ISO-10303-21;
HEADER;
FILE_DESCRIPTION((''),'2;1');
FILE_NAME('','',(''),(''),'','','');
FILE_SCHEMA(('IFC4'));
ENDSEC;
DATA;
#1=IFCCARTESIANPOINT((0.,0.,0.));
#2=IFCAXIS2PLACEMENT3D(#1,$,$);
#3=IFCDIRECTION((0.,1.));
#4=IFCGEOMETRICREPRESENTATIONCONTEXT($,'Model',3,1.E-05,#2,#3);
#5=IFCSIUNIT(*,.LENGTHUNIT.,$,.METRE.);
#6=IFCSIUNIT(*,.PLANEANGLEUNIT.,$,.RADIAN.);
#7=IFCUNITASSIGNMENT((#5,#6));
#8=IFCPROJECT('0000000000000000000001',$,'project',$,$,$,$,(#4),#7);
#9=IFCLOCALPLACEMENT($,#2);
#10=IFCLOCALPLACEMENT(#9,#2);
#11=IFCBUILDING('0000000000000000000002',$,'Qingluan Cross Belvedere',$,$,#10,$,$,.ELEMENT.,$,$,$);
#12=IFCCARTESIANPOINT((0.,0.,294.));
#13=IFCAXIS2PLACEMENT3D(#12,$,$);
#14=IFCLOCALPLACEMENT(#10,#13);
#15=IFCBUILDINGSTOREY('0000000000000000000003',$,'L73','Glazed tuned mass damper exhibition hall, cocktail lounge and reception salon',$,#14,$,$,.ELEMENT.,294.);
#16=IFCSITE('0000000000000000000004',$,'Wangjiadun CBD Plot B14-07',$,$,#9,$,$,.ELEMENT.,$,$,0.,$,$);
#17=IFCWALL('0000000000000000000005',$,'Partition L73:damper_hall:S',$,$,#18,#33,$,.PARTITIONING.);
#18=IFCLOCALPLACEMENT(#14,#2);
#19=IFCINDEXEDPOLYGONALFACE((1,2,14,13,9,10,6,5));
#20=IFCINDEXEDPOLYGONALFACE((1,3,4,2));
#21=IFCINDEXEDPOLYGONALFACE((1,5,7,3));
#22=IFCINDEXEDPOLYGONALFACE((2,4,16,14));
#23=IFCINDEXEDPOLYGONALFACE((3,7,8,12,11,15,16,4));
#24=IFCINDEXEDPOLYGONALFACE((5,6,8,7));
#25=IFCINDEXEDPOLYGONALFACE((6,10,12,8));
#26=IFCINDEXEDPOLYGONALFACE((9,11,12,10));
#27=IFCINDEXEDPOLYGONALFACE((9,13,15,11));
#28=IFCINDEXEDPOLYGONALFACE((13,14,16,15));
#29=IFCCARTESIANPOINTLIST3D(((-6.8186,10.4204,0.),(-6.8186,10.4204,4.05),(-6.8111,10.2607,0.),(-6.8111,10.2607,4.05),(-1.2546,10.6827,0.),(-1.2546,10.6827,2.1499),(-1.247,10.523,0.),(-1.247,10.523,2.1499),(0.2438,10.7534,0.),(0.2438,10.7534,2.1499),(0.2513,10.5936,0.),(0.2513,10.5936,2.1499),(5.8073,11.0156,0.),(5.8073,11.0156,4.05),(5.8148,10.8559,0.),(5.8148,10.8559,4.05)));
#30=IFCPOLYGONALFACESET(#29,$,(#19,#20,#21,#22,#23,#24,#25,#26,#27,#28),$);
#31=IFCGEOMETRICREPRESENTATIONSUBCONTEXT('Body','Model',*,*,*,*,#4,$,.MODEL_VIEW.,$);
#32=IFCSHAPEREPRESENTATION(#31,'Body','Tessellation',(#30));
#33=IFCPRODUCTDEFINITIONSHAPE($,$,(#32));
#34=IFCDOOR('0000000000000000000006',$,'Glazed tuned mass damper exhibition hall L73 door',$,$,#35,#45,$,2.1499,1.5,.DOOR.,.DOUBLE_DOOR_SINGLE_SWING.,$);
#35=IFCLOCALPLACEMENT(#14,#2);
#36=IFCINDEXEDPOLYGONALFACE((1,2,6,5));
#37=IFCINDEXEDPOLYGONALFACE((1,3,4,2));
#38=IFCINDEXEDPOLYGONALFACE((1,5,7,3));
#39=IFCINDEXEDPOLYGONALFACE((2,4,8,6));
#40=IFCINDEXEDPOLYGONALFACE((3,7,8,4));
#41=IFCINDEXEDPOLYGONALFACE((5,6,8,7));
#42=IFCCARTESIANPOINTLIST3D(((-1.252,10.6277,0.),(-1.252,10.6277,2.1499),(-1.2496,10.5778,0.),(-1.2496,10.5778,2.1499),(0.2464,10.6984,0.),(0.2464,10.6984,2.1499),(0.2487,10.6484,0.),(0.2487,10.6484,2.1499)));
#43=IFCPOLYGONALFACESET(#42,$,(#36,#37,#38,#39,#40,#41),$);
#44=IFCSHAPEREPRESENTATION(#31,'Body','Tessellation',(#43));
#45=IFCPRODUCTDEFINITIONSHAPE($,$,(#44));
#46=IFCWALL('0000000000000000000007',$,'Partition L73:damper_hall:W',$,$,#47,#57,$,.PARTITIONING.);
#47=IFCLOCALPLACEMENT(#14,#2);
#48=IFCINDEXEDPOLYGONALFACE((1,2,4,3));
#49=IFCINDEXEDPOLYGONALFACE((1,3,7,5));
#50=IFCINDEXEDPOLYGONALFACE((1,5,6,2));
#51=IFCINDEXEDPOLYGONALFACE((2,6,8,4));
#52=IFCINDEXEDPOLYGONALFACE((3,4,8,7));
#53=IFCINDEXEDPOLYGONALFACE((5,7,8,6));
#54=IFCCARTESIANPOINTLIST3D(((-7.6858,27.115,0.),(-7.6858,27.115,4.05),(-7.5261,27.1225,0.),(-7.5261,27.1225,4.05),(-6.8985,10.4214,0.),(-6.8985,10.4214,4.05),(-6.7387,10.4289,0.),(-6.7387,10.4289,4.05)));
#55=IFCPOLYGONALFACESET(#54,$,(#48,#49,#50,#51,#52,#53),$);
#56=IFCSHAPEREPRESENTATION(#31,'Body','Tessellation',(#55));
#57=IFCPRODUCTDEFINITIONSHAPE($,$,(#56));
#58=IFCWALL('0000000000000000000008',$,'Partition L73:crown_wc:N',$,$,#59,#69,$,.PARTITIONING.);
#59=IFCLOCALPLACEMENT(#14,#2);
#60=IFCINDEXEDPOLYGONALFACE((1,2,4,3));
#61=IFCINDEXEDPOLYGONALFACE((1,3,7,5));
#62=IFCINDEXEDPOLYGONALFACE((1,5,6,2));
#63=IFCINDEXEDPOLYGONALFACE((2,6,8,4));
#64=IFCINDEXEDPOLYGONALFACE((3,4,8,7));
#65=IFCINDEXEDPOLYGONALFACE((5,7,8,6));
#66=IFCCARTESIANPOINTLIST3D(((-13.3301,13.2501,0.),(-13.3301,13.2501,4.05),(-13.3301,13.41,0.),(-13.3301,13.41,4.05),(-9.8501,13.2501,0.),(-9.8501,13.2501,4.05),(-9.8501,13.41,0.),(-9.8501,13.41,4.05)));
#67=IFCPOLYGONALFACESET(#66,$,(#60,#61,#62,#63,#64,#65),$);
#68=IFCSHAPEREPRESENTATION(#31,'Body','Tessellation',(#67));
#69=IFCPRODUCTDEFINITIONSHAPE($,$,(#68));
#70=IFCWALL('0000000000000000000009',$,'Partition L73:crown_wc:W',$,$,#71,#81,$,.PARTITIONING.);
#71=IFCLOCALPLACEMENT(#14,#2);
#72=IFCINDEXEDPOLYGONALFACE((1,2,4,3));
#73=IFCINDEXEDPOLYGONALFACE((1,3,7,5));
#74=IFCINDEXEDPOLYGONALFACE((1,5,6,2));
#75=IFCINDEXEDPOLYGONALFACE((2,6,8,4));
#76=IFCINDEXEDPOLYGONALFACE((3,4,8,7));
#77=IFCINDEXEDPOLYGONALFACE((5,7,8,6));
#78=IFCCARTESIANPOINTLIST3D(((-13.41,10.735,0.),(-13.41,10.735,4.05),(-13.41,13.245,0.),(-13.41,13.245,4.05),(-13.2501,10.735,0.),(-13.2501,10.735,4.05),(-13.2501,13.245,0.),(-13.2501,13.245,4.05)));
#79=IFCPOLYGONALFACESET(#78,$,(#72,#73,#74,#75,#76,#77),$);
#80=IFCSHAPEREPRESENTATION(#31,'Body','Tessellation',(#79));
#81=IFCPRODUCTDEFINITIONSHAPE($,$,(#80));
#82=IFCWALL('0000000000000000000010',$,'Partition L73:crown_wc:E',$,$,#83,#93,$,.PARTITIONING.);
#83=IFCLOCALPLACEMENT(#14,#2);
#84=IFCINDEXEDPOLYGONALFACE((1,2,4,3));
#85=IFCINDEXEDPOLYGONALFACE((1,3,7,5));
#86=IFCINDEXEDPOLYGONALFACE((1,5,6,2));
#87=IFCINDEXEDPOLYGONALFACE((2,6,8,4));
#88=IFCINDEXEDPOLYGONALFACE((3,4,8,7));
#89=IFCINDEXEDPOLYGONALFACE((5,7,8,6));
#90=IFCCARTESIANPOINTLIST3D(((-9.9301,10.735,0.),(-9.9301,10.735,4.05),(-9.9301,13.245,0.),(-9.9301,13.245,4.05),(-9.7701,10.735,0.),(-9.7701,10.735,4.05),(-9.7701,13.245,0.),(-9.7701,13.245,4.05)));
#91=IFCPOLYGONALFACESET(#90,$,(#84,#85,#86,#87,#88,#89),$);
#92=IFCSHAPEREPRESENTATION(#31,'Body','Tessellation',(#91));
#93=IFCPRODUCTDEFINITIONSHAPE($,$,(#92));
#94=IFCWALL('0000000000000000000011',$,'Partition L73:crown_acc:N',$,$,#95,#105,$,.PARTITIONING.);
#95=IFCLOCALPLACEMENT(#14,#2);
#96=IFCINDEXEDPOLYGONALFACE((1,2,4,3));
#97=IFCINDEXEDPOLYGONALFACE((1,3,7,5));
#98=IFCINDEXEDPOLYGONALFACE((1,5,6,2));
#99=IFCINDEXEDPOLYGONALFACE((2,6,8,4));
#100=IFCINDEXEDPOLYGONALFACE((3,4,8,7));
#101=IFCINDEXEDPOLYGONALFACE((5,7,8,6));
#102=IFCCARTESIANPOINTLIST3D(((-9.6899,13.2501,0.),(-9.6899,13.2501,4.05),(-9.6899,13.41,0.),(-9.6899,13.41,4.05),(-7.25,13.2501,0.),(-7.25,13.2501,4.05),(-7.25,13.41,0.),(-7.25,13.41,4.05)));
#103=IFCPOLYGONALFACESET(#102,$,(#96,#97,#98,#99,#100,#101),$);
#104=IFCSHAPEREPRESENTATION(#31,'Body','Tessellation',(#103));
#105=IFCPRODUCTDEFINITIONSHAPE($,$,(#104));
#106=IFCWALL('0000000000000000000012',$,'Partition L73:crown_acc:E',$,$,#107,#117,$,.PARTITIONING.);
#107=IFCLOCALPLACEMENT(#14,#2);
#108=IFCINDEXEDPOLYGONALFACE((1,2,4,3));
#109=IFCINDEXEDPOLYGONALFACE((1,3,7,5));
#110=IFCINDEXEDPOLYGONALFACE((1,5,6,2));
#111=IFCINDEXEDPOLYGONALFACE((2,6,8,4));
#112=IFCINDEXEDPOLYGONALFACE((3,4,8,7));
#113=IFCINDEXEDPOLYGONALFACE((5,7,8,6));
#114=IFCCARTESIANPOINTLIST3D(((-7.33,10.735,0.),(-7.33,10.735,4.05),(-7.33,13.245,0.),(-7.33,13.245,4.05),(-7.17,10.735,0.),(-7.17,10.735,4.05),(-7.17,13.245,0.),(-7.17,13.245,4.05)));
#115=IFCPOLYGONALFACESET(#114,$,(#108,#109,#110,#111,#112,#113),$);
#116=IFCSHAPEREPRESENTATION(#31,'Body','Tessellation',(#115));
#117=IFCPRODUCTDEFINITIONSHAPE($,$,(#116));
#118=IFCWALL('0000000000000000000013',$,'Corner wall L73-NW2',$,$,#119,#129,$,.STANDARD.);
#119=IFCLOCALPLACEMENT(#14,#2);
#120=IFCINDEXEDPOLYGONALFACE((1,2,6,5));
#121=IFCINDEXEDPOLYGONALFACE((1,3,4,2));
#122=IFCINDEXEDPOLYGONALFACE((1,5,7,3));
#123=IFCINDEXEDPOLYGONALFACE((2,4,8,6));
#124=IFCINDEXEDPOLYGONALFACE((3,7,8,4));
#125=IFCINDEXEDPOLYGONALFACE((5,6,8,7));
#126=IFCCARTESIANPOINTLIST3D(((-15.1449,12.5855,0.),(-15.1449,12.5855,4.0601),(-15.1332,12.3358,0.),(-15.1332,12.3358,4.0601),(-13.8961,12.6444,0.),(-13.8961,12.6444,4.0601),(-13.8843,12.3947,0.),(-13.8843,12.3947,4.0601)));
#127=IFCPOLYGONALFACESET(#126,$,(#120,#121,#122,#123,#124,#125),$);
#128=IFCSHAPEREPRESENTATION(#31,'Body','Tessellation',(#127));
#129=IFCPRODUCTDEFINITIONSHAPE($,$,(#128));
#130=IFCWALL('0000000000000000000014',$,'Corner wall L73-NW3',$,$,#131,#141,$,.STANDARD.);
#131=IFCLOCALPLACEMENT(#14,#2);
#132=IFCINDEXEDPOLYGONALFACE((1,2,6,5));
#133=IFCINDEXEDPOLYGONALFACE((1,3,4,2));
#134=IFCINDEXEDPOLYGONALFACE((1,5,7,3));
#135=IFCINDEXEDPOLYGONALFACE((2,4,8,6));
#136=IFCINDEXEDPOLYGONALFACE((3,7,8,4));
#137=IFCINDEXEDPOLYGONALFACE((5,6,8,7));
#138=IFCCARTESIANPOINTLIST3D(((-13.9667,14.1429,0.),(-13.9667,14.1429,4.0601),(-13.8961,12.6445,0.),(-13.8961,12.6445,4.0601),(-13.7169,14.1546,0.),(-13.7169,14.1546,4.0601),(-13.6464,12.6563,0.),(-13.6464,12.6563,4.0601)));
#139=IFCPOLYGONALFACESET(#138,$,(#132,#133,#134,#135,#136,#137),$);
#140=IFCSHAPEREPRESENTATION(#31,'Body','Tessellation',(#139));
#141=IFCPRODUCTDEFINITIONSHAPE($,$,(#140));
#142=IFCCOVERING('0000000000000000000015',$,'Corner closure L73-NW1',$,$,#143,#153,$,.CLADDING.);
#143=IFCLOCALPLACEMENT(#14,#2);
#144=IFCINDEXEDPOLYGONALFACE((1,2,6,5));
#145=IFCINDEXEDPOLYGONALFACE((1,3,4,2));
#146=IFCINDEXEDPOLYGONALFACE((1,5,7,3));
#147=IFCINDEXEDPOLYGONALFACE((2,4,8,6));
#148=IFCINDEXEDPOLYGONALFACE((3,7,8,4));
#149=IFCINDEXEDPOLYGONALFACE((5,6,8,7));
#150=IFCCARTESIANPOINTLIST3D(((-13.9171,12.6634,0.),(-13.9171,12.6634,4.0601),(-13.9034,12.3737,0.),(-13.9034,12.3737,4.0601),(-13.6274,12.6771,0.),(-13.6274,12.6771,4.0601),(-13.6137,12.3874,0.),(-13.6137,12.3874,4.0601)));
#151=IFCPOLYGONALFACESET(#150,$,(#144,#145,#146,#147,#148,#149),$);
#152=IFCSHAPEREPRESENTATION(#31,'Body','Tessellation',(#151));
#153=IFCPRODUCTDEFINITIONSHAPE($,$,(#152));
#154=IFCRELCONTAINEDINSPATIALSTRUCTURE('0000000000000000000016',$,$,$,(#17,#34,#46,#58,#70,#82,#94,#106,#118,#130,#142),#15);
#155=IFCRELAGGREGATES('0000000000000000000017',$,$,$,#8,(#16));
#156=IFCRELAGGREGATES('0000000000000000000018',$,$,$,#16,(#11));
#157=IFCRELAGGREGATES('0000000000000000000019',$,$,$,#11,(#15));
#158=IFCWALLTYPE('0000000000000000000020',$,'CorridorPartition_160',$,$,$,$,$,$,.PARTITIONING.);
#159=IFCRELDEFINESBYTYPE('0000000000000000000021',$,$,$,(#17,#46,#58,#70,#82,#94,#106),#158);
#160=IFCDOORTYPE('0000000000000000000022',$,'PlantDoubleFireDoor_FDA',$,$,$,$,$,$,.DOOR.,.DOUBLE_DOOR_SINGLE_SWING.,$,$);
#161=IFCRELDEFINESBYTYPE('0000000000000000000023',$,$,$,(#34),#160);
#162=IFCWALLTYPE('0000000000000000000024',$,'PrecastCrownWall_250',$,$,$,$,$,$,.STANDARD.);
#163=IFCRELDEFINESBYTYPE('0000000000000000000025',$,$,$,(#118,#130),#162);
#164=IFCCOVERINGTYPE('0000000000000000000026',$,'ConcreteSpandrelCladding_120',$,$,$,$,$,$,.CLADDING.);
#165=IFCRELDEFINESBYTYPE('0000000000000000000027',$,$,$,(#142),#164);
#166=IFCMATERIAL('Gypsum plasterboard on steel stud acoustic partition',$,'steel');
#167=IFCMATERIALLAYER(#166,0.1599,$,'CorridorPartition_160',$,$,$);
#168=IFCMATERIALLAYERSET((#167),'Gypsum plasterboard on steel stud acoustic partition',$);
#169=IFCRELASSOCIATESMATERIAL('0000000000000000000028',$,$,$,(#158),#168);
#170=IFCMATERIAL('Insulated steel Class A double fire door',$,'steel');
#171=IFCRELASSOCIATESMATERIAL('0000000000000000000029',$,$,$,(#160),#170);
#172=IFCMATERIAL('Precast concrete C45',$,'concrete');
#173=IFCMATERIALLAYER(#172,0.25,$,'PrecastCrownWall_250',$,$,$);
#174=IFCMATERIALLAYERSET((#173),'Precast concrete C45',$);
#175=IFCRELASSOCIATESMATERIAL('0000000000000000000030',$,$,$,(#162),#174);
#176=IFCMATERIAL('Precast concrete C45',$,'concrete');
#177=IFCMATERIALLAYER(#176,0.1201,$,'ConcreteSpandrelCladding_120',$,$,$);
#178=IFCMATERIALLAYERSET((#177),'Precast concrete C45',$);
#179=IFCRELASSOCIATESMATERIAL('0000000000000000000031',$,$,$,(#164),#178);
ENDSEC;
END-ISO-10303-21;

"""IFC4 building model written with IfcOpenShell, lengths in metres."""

from ifc_helpers import new_model, si_unit, direction, frame, frame_2d, origin, origin_2d, place, context, subcontext, project, spatial, rectangle, extrude, material, layer, layer_set, type_object, element, fill, save


model = new_model("IFC4")

# Units and contexts
model_context = context("Model", 3, precision=1e-05, world=origin(), true_north=direction((0.0, 1.0)))
body_context = subcontext(model_context, "Body", "Model", "MODEL_VIEW")
ifc_project = project(units=[si_unit("LENGTHUNIT", "METRE"), si_unit("PLANEANGLEUNIT", "RADIAN")], contexts=[model_context])

# Site, building, storey
site_placement = place(None, origin())
site = spatial("IfcSite", under=ifc_project, at=site_placement, Name="Wangjiadun CBD Plot B14-07", CompositionType="ELEMENT", RefElevation=0.0)
building_placement = place(site_placement, origin())
building = spatial("IfcBuilding", under=site, at=building_placement, Name="Qingluan Cross Belvedere", CompositionType="ELEMENT")
storey_placement = place(building_placement, frame((0.0, 0.0, 294.0)))
storey = spatial("IfcBuildingStorey", under=building, at=storey_placement, Name="L73", Description="Glazed tuned mass damper exhibition hall, cocktail lounge and reception salon", CompositionType="ELEMENT", Elevation=294.0)

# Wall, opening, door
ifc_material_1 = material(Name="Gypsum plasterboard on steel stud acoustic partition", Category="steel")
ifc_layer_1 = layer(ifc_material_1, 0.1599, Name="CorridorPartition_160")
ifc_layer_set_1 = layer_set([ifc_layer_1], Name="Gypsum plasterboard on steel stud acoustic partition")
wall_type_1 = type_object("IfcWallType", Name="CorridorPartition_160", PredefinedType="PARTITIONING", material=ifc_layer_set_1)
wall_1_placement = place(storey_placement, frame((-6.8147, 10.3406, 0.0), z_axis=(0.0, 0.0, 1.0), x_axis=(0.998891, 0.04709, 0.0)))
wall_1 = element("IfcWall", 1, at=wall_1_placement, inside=storey, type_object=wall_type_1, Name="Partition L73:damper_hall:S", PredefinedType="PARTITIONING", context=body_context, shape_type="SweptSolid", body=[
    extrude(rectangle(XDim=12.6399, YDim=0.1599, at=frame_2d((6.3198, 0.0))), origin(), (0.0, 0.0, 1.0), 4.05),
])
opening_1_placement = place(wall_1_placement, frame((5.5701, 0.0, 0.0)))
opening_1 = element("IfcOpeningElement", 2, at=opening_1_placement, cuts=wall_1, PredefinedType="OPENING", context=body_context, shape_type="SweptSolid", body=[
    extrude(rectangle(XDim=1.5, YDim=2.1499, at=frame_2d((0.75, 1.075))), frame((0.0, 0.0898, 0.0), z_axis=(0.0, -1.0, 0.0), x_axis=(1.0, 0.0, 0.0)), (0.0, 0.0, 1.0), 0.1799),
])
ifc_material_2 = material(Name="Insulated steel Class A double fire door", Category="steel")
door_type_1 = type_object("IfcDoorType", Name="PlantDoubleFireDoor_FDA", OperationType="DOUBLE_DOOR_SINGLE_SWING", PredefinedType="DOOR", material=ifc_material_2)
door_1_placement = place(opening_1_placement, origin())
door_1 = element("IfcDoor", 3, at=door_1_placement, inside=storey, type_object=door_type_1, Name="Glazed tuned mass damper exhibition hall L73 door", OperationType="DOUBLE_DOOR_SINGLE_SWING", OverallHeight=2.1499, OverallWidth=1.5, PredefinedType="DOOR", context=body_context, shape_type="SweptSolid", body=[
    extrude(rectangle(XDim=1.5, YDim=2.1499, at=frame_2d((0.75, 1.075))), frame((0.0, 0.0249, 0.0), z_axis=(0.0, -1.0, 0.0), x_axis=(1.0, 0.0, 0.0)), (0.0, 0.0, 1.0), 0.05),
])
fill(opening_1, door_1)

# Wall
wall_2_placement = place(storey_placement, frame((-6.8186, 10.4253, 0.0), z_axis=(0.0, 0.0, 1.0), x_axis=(-0.047113, 0.99889, 0.0)))
element("IfcWall", 4, at=wall_2_placement, inside=storey, type_object=wall_type_1, Name="Partition L73:damper_hall:W", PredefinedType="PARTITIONING", context=body_context, shape_type="SweptSolid", body=[
    extrude(rectangle(XDim=16.7122, YDim=0.1599, at=frame_2d((8.356, 0.0))), origin(), (0.0, 0.0, 1.0), 4.05),
])

# Walls
wall_3_placement = place(storey_placement, frame((-13.3301, 13.3301, 0.0), z_axis=(0.0, 0.0, 1.0), x_axis=(1.0, 0.0, 0.0)))
element("IfcWall", 5, at=wall_3_placement, inside=storey, type_object=wall_type_1, Name="Partition L73:crown_wc:N", PredefinedType="PARTITIONING", context=body_context, shape_type="SweptSolid", body=[
    extrude(rectangle(XDim=3.48, YDim=0.1599, at=frame_2d((1.74, 0.0))), origin(), (0.0, 0.0, 1.0), 4.05),
])
for number, where, z_axis, x_axis, name in (
    (6, (-13.3301, 10.7351, 0.0), (0.0, 0.0, 1.0), (0.0, 1.0, 0.0), "Partition L73:crown_wc:W"),
    (7, (-9.8501, 10.7351, 0.0), (0.0, 0.0, 1.0), (0.0, 1.0, 0.0), "Partition L73:crown_wc:E"),
):
    element("IfcWall", number, at=place(storey_placement, frame(where, z_axis=z_axis, x_axis=x_axis)), inside=storey, type_object=wall_type_1, Name=name, PredefinedType="PARTITIONING", context=body_context, shape_type="SweptSolid", body=[
        extrude(rectangle(XDim=2.51, YDim=0.1599, at=frame_2d((1.2549, 0.0))), origin(), (0.0, 0.0, 1.0), 4.05),
    ])

# Walls
wall_4_placement = place(storey_placement, frame((-9.6899, 13.3301, 0.0), z_axis=(0.0, 0.0, 1.0), x_axis=(1.0, 0.0, 0.0)))
element("IfcWall", 8, at=wall_4_placement, inside=storey, type_object=wall_type_1, Name="Partition L73:crown_acc:N", PredefinedType="PARTITIONING", context=body_context, shape_type="SweptSolid", body=[
    extrude(rectangle(XDim=2.4399, YDim=0.1599, at=frame_2d((1.22, 0.0))), origin(), (0.0, 0.0, 1.0), 4.05),
])
wall_5_placement = place(storey_placement, frame((-7.25, 10.7351, 0.0), z_axis=(0.0, 0.0, 1.0), x_axis=(0.0, 1.0, 0.0)))
element("IfcWall", 9, at=wall_5_placement, inside=storey, type_object=wall_type_1, Name="Partition L73:crown_acc:E", PredefinedType="PARTITIONING", context=body_context, shape_type="SweptSolid", body=[
    extrude(rectangle(XDim=2.51, YDim=0.1599, at=frame_2d((1.2549, 0.0))), origin(), (0.0, 0.0, 1.0), 4.05),
])
ifc_material_3 = material(Name="Precast concrete C45", Category="concrete")
ifc_layer_2 = layer(ifc_material_3, 0.25, Name="PrecastCrownWall_250")
ifc_layer_set_2 = layer_set([ifc_layer_2], Name="Precast concrete C45")
wall_type_2 = type_object("IfcWallType", Name="PrecastCrownWall_250", PredefinedType="STANDARD", material=ifc_layer_set_2)
wall_6_placement = place(storey_placement, frame((-15.1389, 12.4607, 0.0), z_axis=(0.0, 0.0, 1.0), x_axis=(0.998892, 0.047064, 0.0)))
element("IfcWall", 10, at=wall_6_placement, inside=storey, type_object=wall_type_2, Name="Corner wall L73-NW2", PredefinedType="STANDARD", context=body_context, shape_type="SweptSolid", body=[
    extrude(rectangle(XDim=1.2502, YDim=0.25, at=frame_2d((0.625, 0.0))), origin(), (0.0, 0.0, 1.0), 4.0601),
])
wall_7_placement = place(storey_placement, frame((-13.7712, 12.6504, 0.0), z_axis=(0.0, 0.0, 1.0), x_axis=(-0.047039, 0.998893, 0.0)))
element("IfcWall", 11, at=wall_7_placement, inside=storey, type_object=wall_type_2, Name="Corner wall L73-NW3", PredefinedType="STANDARD", context=body_context, shape_type="SweptSolid", body=[
    extrude(rectangle(XDim=1.5, YDim=0.25, at=frame_2d((0.75, 0.0))), origin(), (0.0, 0.0, 1.0), 4.0601),
])

# Covering
ifc_material_4 = material(Name="Precast concrete C45", Category="concrete")
ifc_layer_3 = layer(ifc_material_4, 0.1201, Name="ConcreteSpandrelCladding_120")
ifc_layer_set_3 = layer_set([ifc_layer_3], Name="Precast concrete C45")
covering_type = type_object("IfcCoveringType", Name="ConcreteSpandrelCladding_120", PredefinedType="CLADDING", material=ifc_layer_set_3)
covering_placement = place(storey_placement, frame((-13.7654, 12.5254, 0.0), z_axis=(0.0, 0.0, 1.0), x_axis=(0.99889, 0.047106, 0.0)))
element("IfcCovering", 12, at=covering_placement, inside=storey, type_object=covering_type, Name="Corner closure L73-NW1", PredefinedType="CLADDING", context=body_context, shape_type="SweptSolid", body=[
    extrude(rectangle(XDim=0.29, YDim=0.29, at=origin_2d()), origin(), (0.0, 0.0, 1.0), 4.0601),
])

save(model, "model.ifc")
